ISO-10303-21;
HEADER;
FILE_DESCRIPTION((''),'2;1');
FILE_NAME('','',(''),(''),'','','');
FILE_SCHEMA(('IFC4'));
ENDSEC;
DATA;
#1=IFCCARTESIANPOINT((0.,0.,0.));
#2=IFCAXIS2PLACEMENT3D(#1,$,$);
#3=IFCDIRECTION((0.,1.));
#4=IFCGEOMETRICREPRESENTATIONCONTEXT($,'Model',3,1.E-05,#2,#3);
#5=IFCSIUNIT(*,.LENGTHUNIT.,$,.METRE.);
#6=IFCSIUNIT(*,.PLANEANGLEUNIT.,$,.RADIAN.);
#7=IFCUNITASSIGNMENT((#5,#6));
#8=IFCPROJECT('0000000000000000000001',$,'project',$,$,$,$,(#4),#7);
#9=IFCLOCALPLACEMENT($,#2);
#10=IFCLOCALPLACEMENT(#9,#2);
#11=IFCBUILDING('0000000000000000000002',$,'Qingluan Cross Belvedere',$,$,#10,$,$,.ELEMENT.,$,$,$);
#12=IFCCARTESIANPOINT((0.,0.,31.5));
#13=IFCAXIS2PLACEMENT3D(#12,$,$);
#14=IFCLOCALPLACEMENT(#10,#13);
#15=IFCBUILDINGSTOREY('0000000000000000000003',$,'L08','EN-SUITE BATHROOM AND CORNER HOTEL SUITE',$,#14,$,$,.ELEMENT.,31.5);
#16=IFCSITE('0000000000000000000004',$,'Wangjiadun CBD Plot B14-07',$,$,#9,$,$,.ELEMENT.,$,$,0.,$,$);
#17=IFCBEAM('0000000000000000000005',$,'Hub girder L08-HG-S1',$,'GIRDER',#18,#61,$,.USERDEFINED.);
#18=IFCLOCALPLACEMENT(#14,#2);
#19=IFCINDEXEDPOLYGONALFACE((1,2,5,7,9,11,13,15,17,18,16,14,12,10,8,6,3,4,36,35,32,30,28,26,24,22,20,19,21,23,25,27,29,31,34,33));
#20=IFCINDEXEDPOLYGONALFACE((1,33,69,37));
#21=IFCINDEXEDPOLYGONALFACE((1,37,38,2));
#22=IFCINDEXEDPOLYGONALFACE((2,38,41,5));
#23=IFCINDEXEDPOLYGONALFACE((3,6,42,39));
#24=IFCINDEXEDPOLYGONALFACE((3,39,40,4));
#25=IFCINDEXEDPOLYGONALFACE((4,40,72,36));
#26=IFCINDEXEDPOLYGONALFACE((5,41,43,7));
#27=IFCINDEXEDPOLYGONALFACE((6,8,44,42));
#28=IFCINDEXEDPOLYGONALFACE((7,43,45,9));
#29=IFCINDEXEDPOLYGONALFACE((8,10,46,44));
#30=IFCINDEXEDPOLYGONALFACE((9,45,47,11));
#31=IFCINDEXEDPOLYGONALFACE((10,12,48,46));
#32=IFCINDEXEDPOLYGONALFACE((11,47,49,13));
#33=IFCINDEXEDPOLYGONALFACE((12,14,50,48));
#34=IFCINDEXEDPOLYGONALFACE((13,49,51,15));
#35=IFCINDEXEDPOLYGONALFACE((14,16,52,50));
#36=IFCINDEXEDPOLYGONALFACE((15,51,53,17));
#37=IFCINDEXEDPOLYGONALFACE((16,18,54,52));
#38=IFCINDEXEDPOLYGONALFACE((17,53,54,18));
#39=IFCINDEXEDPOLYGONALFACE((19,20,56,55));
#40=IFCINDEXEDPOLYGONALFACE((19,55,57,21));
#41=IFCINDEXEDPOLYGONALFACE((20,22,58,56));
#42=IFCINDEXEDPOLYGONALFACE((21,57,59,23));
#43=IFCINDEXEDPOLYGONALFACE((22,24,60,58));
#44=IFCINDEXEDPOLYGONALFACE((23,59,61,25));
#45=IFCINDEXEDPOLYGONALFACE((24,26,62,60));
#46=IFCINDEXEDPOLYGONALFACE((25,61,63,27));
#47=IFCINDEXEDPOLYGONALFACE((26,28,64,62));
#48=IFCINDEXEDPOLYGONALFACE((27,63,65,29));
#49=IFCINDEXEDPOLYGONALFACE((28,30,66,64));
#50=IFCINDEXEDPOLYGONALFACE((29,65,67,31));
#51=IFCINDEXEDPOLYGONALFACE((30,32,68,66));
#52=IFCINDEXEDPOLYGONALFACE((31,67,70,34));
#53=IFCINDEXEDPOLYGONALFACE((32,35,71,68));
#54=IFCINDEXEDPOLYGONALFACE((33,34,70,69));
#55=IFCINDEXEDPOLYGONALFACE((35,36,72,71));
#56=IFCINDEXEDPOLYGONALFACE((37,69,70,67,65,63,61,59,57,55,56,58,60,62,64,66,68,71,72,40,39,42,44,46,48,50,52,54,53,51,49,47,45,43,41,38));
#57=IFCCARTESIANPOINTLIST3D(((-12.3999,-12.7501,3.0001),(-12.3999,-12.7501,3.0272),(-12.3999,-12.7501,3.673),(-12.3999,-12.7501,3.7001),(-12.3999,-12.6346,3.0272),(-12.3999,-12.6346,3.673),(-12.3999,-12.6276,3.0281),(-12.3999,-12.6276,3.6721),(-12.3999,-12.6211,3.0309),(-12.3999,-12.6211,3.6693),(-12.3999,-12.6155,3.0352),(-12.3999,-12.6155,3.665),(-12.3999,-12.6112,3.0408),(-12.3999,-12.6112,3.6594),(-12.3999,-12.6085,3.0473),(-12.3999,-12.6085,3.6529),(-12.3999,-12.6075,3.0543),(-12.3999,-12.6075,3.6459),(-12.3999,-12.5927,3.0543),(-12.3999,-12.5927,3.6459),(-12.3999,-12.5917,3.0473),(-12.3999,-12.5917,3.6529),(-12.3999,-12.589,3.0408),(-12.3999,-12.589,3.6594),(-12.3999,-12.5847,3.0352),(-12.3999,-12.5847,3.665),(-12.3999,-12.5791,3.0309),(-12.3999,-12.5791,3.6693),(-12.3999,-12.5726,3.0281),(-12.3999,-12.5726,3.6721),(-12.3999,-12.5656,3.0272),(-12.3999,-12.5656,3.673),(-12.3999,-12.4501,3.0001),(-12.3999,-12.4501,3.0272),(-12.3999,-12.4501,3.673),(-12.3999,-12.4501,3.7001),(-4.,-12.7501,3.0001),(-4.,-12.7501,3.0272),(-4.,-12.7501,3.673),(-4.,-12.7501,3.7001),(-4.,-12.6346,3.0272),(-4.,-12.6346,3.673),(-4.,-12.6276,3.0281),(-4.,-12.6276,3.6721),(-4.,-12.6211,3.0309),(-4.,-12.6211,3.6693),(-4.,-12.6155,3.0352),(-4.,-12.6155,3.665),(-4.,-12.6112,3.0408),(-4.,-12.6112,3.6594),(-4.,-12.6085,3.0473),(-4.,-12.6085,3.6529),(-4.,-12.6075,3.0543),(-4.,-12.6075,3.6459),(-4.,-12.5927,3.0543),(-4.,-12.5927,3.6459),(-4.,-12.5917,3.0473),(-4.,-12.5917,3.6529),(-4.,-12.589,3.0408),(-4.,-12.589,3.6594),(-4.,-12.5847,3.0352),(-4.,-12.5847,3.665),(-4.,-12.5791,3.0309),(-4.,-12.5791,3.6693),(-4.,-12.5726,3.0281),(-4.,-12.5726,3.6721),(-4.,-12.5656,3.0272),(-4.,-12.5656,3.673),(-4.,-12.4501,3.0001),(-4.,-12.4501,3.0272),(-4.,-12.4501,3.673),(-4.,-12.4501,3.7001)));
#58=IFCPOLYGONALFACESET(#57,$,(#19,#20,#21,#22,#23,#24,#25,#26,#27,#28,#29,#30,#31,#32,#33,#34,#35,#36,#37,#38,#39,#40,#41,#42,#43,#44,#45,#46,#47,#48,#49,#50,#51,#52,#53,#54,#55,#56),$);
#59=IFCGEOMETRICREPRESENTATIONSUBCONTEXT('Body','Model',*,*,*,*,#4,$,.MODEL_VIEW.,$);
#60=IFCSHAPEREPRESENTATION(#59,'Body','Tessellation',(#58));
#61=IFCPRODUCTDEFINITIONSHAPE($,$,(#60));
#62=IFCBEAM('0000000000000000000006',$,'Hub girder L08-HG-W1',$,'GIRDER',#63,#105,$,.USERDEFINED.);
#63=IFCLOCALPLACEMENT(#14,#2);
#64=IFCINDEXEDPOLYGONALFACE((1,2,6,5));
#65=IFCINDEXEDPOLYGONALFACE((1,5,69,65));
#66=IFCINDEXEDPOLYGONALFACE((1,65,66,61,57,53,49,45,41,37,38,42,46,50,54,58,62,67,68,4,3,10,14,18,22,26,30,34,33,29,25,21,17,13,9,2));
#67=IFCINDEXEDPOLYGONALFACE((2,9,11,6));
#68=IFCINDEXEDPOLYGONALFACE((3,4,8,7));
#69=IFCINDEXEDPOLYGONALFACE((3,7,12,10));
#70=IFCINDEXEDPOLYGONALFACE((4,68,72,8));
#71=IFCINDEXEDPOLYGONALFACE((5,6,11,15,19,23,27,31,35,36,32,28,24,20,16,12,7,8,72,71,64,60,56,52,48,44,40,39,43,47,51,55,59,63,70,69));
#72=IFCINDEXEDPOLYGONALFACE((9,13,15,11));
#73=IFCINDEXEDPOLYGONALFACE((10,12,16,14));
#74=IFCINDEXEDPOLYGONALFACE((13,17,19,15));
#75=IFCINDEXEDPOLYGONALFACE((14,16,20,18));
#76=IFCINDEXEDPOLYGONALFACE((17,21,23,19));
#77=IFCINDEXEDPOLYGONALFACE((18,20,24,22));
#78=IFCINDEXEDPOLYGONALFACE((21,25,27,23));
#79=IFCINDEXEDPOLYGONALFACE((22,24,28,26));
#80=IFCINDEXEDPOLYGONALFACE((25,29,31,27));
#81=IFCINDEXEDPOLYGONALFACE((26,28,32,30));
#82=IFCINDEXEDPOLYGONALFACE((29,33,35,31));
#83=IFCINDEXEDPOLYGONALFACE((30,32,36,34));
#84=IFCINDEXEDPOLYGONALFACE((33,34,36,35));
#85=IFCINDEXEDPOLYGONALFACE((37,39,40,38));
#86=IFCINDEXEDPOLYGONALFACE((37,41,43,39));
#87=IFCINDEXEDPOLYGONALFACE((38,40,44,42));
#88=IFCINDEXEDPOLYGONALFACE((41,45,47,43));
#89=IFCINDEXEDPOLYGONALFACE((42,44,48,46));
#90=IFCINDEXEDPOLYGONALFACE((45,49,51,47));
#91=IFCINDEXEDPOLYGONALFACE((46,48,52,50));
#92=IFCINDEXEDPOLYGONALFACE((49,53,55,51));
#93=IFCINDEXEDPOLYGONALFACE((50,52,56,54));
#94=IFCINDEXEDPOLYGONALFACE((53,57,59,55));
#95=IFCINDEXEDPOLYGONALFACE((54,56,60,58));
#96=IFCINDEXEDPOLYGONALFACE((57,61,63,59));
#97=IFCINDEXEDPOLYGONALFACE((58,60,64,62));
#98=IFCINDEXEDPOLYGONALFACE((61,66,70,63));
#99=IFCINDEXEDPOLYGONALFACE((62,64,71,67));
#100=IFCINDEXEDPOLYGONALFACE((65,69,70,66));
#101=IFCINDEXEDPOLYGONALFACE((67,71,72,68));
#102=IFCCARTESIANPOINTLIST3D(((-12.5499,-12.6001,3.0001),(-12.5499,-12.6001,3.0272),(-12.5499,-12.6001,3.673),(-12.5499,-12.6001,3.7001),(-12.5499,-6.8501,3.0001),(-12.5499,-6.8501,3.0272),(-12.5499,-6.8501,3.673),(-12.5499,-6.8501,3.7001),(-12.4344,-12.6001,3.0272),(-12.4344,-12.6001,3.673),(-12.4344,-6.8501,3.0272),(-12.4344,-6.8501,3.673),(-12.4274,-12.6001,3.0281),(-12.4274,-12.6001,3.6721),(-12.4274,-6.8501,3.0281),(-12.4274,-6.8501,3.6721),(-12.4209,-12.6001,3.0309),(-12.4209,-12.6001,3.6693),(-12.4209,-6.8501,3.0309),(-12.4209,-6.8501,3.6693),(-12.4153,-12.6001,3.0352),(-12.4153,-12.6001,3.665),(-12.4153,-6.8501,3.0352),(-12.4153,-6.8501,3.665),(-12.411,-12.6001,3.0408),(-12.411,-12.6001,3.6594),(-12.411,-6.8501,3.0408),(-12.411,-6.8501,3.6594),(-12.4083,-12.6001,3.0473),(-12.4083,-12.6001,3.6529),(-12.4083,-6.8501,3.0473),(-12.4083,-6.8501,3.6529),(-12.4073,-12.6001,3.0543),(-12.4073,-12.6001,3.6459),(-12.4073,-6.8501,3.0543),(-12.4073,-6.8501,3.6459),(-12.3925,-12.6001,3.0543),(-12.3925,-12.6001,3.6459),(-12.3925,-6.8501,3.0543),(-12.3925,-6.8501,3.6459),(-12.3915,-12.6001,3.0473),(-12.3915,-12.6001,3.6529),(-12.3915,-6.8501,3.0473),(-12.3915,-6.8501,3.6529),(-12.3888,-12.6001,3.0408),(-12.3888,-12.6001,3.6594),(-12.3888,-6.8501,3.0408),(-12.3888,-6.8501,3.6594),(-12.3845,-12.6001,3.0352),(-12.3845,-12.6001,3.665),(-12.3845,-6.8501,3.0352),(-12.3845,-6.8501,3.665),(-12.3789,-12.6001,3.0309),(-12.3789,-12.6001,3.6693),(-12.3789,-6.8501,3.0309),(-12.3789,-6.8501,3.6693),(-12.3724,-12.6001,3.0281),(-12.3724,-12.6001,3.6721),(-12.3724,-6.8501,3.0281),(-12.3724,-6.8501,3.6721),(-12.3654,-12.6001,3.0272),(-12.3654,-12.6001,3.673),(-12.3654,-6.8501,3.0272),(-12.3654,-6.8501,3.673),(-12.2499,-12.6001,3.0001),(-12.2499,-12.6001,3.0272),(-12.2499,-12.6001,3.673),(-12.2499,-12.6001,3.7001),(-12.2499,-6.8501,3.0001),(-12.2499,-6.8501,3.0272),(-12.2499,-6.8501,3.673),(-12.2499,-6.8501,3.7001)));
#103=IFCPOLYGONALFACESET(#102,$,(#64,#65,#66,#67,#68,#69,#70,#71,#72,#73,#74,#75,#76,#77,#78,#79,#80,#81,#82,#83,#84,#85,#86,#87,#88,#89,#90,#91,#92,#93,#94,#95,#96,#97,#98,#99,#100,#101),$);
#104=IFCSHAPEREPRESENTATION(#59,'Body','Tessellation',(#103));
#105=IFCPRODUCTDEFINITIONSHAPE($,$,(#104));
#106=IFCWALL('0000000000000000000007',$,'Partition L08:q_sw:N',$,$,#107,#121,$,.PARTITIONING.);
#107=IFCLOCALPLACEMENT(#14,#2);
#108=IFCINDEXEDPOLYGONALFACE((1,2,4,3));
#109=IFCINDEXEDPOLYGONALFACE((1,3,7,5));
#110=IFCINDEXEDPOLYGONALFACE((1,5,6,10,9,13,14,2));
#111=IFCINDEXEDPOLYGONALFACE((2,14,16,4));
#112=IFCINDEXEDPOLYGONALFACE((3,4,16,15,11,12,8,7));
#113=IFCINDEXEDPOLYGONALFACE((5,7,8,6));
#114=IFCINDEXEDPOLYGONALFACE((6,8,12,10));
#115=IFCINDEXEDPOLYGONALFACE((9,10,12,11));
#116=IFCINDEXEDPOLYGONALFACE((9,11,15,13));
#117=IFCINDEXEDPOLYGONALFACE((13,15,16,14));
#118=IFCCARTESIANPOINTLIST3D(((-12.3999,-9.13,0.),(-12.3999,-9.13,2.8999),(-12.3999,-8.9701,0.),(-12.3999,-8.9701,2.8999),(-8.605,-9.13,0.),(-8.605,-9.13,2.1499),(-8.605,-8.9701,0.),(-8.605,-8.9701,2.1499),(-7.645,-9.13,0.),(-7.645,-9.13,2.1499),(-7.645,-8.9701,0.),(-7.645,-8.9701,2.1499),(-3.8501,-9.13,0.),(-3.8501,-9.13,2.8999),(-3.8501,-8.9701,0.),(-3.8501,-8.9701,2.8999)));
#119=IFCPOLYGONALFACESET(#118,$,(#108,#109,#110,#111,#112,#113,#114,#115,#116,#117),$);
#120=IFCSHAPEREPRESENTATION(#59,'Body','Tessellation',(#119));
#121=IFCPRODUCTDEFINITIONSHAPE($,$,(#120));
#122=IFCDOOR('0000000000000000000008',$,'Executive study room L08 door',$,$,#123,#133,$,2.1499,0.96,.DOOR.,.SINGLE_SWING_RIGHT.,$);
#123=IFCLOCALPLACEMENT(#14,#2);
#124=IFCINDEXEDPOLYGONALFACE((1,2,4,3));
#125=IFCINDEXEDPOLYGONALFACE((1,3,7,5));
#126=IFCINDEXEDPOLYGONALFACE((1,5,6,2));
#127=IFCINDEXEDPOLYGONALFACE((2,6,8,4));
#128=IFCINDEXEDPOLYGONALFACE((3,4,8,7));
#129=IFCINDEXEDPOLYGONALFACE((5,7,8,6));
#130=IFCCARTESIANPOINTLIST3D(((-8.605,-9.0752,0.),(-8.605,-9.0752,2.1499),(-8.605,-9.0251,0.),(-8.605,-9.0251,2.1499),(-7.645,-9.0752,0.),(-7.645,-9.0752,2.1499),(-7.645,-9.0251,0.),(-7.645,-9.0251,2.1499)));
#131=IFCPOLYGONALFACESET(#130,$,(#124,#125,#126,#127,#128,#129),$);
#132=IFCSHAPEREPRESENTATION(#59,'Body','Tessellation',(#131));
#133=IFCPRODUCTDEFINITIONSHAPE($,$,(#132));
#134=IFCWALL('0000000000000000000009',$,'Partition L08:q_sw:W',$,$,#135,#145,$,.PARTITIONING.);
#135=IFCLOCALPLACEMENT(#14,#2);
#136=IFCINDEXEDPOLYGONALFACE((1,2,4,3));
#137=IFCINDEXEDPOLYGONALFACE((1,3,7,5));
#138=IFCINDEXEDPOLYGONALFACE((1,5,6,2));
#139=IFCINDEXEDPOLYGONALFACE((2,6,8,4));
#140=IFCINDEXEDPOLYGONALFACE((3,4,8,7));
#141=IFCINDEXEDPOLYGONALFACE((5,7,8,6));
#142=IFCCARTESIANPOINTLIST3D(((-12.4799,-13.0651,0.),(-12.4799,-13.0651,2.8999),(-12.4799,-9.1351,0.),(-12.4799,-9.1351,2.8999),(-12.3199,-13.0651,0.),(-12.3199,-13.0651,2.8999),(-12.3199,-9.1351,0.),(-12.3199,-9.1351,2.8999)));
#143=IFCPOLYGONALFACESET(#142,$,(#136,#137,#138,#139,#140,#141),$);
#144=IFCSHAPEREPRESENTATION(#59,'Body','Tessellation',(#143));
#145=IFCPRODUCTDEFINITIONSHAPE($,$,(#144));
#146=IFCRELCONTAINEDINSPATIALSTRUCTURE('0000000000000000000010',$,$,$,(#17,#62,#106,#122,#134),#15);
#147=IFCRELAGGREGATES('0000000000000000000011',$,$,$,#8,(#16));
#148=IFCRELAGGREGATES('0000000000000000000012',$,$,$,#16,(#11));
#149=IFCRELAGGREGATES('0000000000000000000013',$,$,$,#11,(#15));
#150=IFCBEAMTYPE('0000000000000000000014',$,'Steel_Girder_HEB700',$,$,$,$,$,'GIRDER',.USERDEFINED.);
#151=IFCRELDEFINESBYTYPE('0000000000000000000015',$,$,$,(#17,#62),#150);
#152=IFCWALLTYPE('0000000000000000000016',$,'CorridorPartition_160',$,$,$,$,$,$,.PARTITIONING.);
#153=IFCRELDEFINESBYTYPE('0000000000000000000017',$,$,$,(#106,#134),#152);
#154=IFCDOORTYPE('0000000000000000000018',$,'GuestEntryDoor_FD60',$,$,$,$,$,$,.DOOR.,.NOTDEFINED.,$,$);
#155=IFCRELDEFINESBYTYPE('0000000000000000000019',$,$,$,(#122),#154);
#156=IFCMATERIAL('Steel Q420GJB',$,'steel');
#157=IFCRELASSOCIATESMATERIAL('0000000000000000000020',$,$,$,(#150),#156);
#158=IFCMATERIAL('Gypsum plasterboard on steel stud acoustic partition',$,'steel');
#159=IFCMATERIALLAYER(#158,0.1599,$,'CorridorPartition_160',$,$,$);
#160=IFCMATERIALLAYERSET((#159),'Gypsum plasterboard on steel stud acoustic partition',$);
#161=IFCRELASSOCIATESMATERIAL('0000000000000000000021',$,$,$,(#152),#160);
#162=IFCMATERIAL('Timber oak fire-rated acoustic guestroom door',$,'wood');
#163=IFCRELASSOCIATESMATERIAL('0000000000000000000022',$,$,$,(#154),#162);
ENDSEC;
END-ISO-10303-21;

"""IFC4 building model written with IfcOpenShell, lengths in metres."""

from ifc_helpers import new_model, si_unit, direction, frame, frame_2d, origin, origin_2d, place, context, subcontext, project, spatial, rectangle, i_section, extrude, material, layer, layer_set, material_profile, profile_set, type_object, element, fill, save


model = new_model("IFC4")

# Units and contexts
model_context = context("Model", 3, precision=1e-05, world=origin(), true_north=direction((0.0, 1.0)))
body_context = subcontext(model_context, "Body", "Model", "MODEL_VIEW")
ifc_project = project(units=[si_unit("LENGTHUNIT", "METRE"), si_unit("PLANEANGLEUNIT", "RADIAN")], contexts=[model_context])

# Site, building, storey
site_placement = place(None, origin())
site = spatial("IfcSite", under=ifc_project, at=site_placement, Name="Wangjiadun CBD Plot B14-07", CompositionType="ELEMENT", RefElevation=0.0)
building_placement = place(site_placement, origin())
building = spatial("IfcBuilding", under=site, at=building_placement, Name="Qingluan Cross Belvedere", CompositionType="ELEMENT")
storey_placement = place(building_placement, frame((0.0, 0.0, 31.5)))
storey = spatial("IfcBuildingStorey", under=building, at=storey_placement, Name="L08", Description="EN-SUITE BATHROOM AND CORNER HOTEL SUITE", CompositionType="ELEMENT", Elevation=31.5)

# Beams
ifc_material_1 = material(Name="Steel Q420GJB", Category="steel")
ifc_material_profile_1 = material_profile(ifc_material_1, i_section(OverallWidth=0.3, OverallDepth=0.7, WebThickness=0.0149, FlangeThickness=0.0271, FilletRadius=0.0271, at=origin_2d()), Name="HEB700")
ifc_profile_set_1 = profile_set([ifc_material_profile_1], Name="Steel Q420GJB")
beam_type_1 = type_object("IfcBeamType", Name="Steel_Girder_HEB700", ElementType="GIRDER", PredefinedType="USERDEFINED", material=ifc_profile_set_1)
beam_1_placement = place(storey_placement, frame((-12.3999, -12.6001, 3.3501), z_axis=(1.0, 0.0, 0.0), x_axis=(0.0, 1.0, 0.0)))
element("IfcBeam", 1, at=beam_1_placement, inside=storey, type_object=beam_type_1, Name="Hub girder L08-HG-S1", ObjectType="GIRDER", PredefinedType="USERDEFINED", context=body_context, shape_type="SweptSolid", body=[
    extrude(i_section(OverallWidth=0.3, OverallDepth=0.7, WebThickness=0.0149, FlangeThickness=0.0271, FilletRadius=0.0271, at=origin_2d()), origin(), (0.0, 0.0, 1.0), 8.3999),
])
beam_2_placement = place(storey_placement, frame((-12.3999, -12.6001, 3.3501), z_axis=(0.0, 1.0, 0.0), x_axis=(-1.0, 0.0, 0.0)))
element("IfcBeam", 2, at=beam_2_placement, inside=storey, type_object=beam_type_1, Name="Hub girder L08-HG-W1", ObjectType="GIRDER", PredefinedType="USERDEFINED", context=body_context, shape_type="SweptSolid", body=[
    extrude(i_section(OverallWidth=0.3, OverallDepth=0.7, WebThickness=0.0149, FlangeThickness=0.0271, FilletRadius=0.0271, at=origin_2d()), origin(), (0.0, 0.0, 1.0), 5.75),
])

# Wall, opening, door
ifc_material_2 = material(Name="Gypsum plasterboard on steel stud acoustic partition", Category="steel")
ifc_layer_1 = layer(ifc_material_2, 0.1599, Name="CorridorPartition_160")
ifc_layer_set_1 = layer_set([ifc_layer_1], Name="Gypsum plasterboard on steel stud acoustic partition")
wall_type_1 = type_object("IfcWallType", Name="CorridorPartition_160", PredefinedType="PARTITIONING", material=ifc_layer_set_1)
wall_1_placement = place(storey_placement, frame((-12.3999, -9.05, 0.0), z_axis=(0.0, 0.0, 1.0), x_axis=(1.0, 0.0, 0.0)))
wall_1 = element("IfcWall", 3, at=wall_1_placement, inside=storey, type_object=wall_type_1, Name="Partition L08:q_sw:N", PredefinedType="PARTITIONING", context=body_context, shape_type="SweptSolid", body=[
    extrude(rectangle(XDim=8.5498, YDim=0.1599, at=frame_2d((4.2749, 0.0))), origin(), (0.0, 0.0, 1.0), 2.8999),
])
opening_1_placement = place(wall_1_placement, frame((3.7949, 0.0, 0.0)))
opening_1 = element("IfcOpeningElement", 4, at=opening_1_placement, cuts=wall_1, PredefinedType="OPENING", context=body_context, shape_type="SweptSolid", body=[
    extrude(rectangle(XDim=0.96, YDim=2.1499, at=frame_2d((0.48, 1.075))), frame((0.0, 0.0898, 0.0), z_axis=(0.0, -1.0, 0.0), x_axis=(1.0, 0.0, 0.0)), (0.0, 0.0, 1.0), 0.1799),
])
ifc_material_3 = material(Name="Timber oak fire-rated acoustic guestroom door", Category="wood")
door_type = type_object("IfcDoorType", Name="GuestEntryDoor_FD60", OperationType="NOTDEFINED", PredefinedType="DOOR", material=ifc_material_3)
door_placement = place(opening_1_placement, origin())
door = element("IfcDoor", 5, at=door_placement, inside=storey, type_object=door_type, Name="Executive study room L08 door", OperationType="SINGLE_SWING_RIGHT", OverallHeight=2.1499, OverallWidth=0.96, PredefinedType="DOOR", context=body_context, shape_type="SweptSolid", body=[
    extrude(rectangle(XDim=0.96, YDim=2.1499, at=frame_2d((0.48, 1.075))), frame((0.0, 0.0249, 0.0), z_axis=(0.0, -1.0, 0.0), x_axis=(1.0, 0.0, 0.0)), (0.0, 0.0, 1.0), 0.05),
])
fill(opening_1, door)

# Wall
wall_2_placement = place(storey_placement, frame((-12.3999, -13.0649, 0.0), z_axis=(0.0, 0.0, 1.0), x_axis=(0.0, 1.0, 0.0)))
element("IfcWall", 6, at=wall_2_placement, inside=storey, type_object=wall_type_1, Name="Partition L08:q_sw:W", PredefinedType="PARTITIONING", context=body_context, shape_type="SweptSolid", body=[
    extrude(rectangle(XDim=3.9299, YDim=0.1599, at=frame_2d((1.9648, 0.0))), origin(), (0.0, 0.0, 1.0), 2.8999),
])

save(model, "model.ifc")
